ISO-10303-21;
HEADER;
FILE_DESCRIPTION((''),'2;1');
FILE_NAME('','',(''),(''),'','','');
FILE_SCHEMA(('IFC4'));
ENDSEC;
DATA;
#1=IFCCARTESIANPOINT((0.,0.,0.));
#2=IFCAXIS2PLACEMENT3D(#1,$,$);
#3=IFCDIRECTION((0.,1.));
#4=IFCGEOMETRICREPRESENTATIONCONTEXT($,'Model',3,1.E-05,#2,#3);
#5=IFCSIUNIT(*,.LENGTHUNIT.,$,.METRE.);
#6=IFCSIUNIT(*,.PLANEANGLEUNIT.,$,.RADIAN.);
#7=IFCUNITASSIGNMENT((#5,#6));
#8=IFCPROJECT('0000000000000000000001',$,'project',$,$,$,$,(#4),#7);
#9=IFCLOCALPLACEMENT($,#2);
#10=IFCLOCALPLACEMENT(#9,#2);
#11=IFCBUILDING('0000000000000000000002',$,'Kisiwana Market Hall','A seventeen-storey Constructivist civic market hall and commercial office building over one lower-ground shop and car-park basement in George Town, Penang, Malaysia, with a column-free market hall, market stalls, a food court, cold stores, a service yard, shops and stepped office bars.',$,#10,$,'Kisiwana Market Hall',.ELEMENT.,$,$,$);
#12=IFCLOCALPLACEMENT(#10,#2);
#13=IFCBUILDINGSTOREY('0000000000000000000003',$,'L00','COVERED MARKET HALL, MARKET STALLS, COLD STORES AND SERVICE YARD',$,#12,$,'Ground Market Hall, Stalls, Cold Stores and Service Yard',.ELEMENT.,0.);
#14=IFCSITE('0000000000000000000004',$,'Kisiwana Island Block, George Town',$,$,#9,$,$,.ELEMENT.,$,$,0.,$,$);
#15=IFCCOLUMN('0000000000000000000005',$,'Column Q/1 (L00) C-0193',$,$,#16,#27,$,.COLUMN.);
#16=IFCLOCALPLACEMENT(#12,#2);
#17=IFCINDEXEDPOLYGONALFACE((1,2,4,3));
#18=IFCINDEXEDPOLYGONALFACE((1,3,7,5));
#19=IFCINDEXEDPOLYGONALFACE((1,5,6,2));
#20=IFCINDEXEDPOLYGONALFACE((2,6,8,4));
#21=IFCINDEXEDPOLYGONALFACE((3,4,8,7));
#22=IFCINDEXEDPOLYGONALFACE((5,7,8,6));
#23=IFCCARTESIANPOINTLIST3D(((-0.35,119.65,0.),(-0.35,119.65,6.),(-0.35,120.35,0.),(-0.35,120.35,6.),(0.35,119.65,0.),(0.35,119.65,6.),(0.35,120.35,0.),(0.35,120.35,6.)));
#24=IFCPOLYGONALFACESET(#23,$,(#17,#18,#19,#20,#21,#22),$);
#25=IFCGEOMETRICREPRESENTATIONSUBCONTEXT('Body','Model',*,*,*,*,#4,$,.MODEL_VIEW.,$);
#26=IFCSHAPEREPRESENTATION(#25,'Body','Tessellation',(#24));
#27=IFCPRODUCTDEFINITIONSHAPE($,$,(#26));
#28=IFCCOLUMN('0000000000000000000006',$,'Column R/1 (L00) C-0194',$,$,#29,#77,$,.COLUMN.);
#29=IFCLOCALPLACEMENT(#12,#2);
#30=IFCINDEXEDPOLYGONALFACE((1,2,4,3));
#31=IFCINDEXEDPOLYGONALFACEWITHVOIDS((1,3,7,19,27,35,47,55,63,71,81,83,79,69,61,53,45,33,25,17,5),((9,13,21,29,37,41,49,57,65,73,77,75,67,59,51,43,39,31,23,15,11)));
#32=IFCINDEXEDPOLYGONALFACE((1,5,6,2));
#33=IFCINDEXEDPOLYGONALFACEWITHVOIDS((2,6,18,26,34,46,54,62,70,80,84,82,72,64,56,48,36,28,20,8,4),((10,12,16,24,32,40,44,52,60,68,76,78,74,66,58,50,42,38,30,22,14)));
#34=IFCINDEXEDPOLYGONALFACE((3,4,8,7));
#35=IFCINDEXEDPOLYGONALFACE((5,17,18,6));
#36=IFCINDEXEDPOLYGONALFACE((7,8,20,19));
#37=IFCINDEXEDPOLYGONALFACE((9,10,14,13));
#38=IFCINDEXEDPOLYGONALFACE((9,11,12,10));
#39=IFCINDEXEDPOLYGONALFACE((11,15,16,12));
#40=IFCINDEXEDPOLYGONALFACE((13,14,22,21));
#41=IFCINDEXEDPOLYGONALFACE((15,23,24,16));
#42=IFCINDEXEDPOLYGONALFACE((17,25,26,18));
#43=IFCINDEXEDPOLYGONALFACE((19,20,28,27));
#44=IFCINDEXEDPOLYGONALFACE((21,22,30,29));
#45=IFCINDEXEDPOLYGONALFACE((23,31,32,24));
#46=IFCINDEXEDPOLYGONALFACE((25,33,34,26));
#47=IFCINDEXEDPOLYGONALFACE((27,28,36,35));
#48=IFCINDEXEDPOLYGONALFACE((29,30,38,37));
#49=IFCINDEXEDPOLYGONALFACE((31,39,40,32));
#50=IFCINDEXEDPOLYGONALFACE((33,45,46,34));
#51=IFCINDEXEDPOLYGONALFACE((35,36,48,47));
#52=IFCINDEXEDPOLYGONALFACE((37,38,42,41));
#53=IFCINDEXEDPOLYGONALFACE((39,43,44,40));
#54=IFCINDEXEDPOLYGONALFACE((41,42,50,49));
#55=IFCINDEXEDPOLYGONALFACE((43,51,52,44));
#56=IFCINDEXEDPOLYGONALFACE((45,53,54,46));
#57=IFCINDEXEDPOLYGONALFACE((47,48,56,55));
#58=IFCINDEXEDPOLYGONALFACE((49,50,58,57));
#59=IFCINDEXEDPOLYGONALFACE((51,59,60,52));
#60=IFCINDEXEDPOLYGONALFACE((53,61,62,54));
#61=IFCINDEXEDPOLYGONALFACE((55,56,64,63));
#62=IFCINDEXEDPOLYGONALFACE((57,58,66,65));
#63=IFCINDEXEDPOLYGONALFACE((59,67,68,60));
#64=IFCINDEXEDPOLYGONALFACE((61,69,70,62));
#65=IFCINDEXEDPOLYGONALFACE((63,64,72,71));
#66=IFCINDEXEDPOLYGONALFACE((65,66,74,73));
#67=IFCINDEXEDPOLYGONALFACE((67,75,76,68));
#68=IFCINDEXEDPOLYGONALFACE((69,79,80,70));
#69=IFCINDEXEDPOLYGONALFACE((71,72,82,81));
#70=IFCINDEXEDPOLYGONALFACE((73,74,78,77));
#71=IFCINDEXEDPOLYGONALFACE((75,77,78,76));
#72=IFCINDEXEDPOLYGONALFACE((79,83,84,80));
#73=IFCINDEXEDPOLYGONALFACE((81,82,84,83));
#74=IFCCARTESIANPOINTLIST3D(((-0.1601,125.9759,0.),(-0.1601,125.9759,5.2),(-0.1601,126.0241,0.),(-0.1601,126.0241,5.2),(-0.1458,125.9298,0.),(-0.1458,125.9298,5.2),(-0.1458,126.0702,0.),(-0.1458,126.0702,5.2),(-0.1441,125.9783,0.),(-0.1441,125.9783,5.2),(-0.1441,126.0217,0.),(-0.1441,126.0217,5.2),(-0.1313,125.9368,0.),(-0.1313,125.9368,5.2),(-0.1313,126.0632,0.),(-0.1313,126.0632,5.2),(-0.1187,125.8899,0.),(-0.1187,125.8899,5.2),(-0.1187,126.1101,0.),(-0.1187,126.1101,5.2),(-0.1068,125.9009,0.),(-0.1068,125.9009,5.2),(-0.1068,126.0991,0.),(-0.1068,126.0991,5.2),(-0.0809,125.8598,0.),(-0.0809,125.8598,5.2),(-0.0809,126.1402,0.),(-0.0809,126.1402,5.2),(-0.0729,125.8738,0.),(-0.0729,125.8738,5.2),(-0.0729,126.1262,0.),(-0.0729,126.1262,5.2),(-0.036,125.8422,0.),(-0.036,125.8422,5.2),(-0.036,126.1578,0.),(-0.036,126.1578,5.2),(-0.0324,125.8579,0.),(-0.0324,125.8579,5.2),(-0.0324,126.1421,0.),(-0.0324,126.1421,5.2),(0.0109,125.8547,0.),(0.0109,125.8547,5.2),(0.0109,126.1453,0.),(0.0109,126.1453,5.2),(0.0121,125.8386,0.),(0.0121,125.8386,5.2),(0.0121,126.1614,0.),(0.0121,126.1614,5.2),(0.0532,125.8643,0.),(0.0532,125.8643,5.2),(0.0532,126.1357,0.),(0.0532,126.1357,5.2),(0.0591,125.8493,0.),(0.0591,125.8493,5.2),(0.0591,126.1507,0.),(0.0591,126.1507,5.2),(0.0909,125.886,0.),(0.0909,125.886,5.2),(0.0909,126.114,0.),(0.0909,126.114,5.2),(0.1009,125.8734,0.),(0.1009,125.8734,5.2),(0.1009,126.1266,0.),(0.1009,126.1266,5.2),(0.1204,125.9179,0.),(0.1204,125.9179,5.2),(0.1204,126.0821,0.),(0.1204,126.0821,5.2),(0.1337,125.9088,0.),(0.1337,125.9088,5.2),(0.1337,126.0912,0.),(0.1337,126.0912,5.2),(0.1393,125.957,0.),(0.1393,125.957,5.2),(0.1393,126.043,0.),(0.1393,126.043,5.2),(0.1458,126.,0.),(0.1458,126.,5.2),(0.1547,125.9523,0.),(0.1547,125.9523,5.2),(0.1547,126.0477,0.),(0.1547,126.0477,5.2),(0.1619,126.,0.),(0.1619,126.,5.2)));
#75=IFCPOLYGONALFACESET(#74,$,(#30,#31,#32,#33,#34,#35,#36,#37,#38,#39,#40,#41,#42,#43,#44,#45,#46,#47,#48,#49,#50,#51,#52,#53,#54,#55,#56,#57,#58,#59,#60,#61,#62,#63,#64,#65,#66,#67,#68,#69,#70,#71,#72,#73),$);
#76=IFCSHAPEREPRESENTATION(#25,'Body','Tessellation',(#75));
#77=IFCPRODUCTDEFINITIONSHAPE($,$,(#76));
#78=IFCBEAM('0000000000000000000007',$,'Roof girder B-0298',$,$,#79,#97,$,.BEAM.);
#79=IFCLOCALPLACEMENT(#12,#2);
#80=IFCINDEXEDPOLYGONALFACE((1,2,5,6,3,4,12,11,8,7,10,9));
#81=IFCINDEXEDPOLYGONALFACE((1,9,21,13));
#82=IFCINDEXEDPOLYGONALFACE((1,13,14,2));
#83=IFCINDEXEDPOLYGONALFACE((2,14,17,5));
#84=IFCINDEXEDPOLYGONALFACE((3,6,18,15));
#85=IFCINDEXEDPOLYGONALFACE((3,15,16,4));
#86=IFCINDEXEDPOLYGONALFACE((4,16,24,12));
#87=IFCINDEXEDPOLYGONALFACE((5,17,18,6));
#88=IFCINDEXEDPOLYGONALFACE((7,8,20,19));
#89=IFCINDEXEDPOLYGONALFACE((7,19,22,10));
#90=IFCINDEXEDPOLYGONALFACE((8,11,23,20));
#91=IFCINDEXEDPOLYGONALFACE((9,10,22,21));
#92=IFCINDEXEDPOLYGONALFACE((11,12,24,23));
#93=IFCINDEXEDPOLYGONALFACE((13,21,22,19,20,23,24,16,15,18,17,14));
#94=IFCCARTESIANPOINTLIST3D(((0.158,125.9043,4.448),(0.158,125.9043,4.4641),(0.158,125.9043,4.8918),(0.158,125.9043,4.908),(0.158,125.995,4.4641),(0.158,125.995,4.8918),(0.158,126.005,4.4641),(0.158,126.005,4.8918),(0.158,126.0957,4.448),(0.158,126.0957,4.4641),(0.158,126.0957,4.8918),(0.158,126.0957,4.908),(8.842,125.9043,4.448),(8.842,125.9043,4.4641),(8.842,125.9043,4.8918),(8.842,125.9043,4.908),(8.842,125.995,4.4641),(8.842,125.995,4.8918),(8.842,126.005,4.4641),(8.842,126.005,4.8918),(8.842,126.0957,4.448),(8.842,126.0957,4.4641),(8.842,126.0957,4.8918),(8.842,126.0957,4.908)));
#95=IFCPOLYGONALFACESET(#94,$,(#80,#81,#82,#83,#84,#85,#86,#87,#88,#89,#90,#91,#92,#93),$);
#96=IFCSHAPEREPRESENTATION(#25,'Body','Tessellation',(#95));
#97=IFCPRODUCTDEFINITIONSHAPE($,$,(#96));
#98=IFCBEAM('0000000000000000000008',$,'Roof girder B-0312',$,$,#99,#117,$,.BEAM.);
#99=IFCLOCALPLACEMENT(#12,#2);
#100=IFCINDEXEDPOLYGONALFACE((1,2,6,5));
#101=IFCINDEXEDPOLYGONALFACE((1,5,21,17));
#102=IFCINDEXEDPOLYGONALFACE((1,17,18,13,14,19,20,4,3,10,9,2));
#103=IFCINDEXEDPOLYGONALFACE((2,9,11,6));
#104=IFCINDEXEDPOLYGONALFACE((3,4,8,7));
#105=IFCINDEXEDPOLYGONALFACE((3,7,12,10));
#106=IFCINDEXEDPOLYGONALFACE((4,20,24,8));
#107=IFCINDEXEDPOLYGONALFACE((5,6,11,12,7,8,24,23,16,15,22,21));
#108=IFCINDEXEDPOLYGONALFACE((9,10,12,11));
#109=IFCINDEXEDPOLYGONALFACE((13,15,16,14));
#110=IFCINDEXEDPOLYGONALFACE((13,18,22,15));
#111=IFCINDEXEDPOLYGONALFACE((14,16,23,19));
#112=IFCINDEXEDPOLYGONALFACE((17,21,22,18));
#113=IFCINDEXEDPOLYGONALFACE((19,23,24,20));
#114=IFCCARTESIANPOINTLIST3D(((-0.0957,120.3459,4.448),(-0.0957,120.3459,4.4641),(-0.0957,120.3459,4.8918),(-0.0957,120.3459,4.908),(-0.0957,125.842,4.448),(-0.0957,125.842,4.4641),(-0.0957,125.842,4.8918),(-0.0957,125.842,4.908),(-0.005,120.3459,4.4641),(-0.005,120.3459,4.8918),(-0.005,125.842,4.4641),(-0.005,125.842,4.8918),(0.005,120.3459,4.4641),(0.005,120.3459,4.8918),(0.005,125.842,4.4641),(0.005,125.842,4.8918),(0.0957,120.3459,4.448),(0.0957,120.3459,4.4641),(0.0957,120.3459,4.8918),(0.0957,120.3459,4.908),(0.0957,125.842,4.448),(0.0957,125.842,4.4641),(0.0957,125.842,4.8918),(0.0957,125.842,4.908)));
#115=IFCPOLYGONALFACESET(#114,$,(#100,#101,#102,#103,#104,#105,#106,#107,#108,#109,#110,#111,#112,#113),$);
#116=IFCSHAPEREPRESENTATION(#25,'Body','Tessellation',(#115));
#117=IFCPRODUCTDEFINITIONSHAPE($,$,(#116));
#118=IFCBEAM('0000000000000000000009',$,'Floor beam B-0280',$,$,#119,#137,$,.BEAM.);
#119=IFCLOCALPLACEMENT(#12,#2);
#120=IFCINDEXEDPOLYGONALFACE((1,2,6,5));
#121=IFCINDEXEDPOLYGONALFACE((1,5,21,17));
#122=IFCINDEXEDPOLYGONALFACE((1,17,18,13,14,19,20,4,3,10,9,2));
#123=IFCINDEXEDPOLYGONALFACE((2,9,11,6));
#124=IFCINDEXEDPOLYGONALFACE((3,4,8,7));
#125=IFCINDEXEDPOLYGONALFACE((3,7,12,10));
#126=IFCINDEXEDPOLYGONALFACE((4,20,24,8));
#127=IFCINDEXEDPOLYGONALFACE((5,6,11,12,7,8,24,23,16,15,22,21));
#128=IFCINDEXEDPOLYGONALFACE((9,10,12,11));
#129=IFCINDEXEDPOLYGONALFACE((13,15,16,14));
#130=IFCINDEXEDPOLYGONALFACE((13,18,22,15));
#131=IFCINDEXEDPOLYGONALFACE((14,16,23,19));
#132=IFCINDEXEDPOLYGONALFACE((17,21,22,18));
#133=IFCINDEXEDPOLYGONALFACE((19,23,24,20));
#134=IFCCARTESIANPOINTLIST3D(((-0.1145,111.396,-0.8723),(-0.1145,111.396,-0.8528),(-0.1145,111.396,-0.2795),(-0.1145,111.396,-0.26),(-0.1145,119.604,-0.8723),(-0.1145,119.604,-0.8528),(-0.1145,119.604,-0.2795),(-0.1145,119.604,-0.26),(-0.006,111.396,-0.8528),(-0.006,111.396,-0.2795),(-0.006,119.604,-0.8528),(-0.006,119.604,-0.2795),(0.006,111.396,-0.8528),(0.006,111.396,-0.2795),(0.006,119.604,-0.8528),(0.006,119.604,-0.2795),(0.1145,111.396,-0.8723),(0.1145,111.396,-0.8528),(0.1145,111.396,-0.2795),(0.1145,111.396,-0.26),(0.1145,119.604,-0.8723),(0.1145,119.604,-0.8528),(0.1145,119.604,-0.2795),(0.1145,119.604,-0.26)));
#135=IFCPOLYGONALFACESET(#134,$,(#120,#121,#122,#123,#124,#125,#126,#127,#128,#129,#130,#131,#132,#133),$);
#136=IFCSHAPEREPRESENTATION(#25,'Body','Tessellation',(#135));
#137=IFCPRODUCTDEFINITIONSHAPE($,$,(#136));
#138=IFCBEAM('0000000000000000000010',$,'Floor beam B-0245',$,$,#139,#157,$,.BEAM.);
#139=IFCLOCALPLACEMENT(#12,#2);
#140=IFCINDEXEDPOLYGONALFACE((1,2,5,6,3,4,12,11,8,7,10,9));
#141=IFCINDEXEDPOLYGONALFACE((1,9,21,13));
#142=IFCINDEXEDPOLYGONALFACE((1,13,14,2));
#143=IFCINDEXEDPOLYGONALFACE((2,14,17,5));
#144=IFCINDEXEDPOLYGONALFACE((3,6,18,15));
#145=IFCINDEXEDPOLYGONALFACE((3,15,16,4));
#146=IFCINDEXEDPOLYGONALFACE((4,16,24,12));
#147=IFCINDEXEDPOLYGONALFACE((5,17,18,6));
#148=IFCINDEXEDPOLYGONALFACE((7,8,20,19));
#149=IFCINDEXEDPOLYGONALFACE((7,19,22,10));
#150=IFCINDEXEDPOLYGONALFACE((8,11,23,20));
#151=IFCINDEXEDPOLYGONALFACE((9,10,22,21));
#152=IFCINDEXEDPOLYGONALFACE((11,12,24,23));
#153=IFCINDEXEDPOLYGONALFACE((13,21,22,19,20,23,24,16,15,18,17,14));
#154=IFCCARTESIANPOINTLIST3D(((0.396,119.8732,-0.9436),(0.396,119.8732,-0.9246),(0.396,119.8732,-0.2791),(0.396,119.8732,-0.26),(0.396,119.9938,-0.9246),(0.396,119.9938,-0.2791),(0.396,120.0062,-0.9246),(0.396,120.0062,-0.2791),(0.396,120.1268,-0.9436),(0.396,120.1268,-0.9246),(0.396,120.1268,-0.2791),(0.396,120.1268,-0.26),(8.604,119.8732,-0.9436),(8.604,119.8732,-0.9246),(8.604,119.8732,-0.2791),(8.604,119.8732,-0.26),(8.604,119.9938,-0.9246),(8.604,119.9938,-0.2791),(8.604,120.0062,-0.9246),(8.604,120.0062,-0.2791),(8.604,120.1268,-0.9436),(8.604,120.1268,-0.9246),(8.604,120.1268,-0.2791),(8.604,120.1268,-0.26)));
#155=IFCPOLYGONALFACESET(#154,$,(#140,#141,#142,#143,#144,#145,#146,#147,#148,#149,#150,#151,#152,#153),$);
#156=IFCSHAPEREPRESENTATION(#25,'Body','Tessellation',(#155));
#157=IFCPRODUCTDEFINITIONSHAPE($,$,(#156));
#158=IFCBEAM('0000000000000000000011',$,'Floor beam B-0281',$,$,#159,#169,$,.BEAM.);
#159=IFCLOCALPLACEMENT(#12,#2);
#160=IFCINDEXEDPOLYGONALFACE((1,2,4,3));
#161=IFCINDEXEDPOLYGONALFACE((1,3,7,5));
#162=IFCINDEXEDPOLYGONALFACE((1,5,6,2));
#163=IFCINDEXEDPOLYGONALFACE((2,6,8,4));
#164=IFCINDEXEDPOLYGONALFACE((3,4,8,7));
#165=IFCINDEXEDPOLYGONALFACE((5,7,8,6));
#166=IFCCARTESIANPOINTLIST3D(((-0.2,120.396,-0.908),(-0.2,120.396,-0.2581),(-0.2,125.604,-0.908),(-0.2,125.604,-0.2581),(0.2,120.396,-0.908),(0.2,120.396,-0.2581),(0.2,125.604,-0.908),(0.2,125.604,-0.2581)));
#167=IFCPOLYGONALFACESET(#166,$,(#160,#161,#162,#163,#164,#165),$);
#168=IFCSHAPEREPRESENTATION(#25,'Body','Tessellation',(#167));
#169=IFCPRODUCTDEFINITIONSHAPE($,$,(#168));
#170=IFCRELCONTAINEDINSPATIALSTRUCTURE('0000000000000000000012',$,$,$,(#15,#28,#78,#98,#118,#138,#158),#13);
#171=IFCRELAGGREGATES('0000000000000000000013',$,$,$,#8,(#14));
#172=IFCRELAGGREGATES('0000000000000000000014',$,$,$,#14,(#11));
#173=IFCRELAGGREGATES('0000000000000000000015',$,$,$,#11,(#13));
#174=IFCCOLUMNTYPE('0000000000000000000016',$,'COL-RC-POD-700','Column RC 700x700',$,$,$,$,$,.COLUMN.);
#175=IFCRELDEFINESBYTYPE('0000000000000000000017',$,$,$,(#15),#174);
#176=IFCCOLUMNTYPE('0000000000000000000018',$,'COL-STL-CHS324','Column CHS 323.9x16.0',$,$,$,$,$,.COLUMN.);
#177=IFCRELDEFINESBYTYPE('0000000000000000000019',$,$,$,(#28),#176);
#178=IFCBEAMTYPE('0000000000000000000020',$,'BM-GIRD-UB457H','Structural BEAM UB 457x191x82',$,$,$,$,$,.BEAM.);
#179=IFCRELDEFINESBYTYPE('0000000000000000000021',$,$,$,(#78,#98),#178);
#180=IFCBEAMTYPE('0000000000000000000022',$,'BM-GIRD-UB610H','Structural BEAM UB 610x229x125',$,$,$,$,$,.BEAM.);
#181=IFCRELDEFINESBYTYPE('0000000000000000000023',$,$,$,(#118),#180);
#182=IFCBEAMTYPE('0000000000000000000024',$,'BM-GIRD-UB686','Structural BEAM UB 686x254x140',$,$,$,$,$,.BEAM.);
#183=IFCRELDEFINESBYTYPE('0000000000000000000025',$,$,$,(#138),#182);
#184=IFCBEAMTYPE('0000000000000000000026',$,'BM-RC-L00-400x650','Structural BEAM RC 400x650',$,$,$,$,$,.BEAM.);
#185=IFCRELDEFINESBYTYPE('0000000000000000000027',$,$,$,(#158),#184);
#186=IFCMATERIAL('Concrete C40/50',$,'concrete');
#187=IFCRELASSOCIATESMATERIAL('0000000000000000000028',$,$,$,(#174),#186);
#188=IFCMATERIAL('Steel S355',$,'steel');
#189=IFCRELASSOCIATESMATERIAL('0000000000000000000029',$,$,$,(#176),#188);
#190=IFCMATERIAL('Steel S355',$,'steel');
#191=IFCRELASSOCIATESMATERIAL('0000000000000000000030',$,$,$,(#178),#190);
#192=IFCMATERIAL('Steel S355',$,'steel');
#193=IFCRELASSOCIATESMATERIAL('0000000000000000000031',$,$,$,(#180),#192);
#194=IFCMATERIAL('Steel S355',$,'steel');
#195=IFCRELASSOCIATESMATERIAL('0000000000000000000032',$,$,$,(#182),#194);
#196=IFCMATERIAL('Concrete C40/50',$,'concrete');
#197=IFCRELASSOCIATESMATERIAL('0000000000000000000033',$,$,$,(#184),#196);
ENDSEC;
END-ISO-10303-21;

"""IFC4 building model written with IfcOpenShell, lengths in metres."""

from ifc_helpers import new_model, si_unit, direction, frame, origin, origin_2d, place, context, subcontext, project, spatial, rectangle, hollow_circle, i_section, extrude, material, material_profile, profile_set, type_object, element, save


model = new_model("IFC4")

# Units and contexts
model_context = context("Model", 3, precision=1e-05, world=origin(), true_north=direction((0.0, 1.0)))
body_context = subcontext(model_context, "Body", "Model", "MODEL_VIEW")
ifc_project = project(units=[si_unit("LENGTHUNIT", "METRE"), si_unit("PLANEANGLEUNIT", "RADIAN")], contexts=[model_context])

# Site, building, storey
site_placement = place(None, origin())
site = spatial("IfcSite", under=ifc_project, at=site_placement, Name="Kisiwana Island Block, George Town", CompositionType="ELEMENT", RefElevation=0.0)
building_placement = place(site_placement, origin())
building = spatial("IfcBuilding", under=site, at=building_placement, Name="Kisiwana Market Hall", Description="A seventeen-storey Constructivist civic market hall and commercial office building over one lower-ground shop and car-park basement in George Town, Penang, Malaysia, with a column-free market hall, market stalls, a food court, cold stores, a service yard, shops and stepped office bars.", LongName="Kisiwana Market Hall", CompositionType="ELEMENT")
storey_placement = place(building_placement, origin())
storey = spatial("IfcBuildingStorey", under=building, at=storey_placement, Name="L00", Description="COVERED MARKET HALL, MARKET STALLS, COLD STORES AND SERVICE YARD", LongName="Ground Market Hall, Stalls, Cold Stores and Service Yard", CompositionType="ELEMENT", Elevation=0.0)

# Columns
ifc_material_1 = material(Name="Concrete C40/50", Category="concrete")
ifc_material_profile_1 = material_profile(ifc_material_1, rectangle(XDim=0.7, YDim=0.7, at=origin_2d()), Name="RC 700x700")
ifc_profile_set_1 = profile_set([ifc_material_profile_1], Name="Concrete C40/50")
column_type_1 = type_object("IfcColumnType", Name="COL-RC-POD-700", Description="Column RC 700x700", PredefinedType="COLUMN", material=ifc_profile_set_1)
column_1_placement = place(storey_placement, frame((0.0, 120.0, 0.0), z_axis=(0.0, 0.0, 1.0), x_axis=(1.0, 0.0, 0.0)))
element("IfcColumn", 1, at=column_1_placement, inside=storey, type_object=column_type_1, Name="Column Q/1 (L00) C-0193", PredefinedType="COLUMN", context=body_context, shape_type="SweptSolid", body=[
    extrude(rectangle(XDim=0.7, YDim=0.7, at=origin_2d()), origin(), (0.0, 0.0, 1.0), 6.0),
])
ifc_material_2 = material(Name="Steel S355", Category="steel")
ifc_material_profile_2 = material_profile(ifc_material_2, hollow_circle(Radius=0.1619, WallThickness=0.0161, at=origin_2d()), Name="CHS 323.9x16.0")
ifc_profile_set_2 = profile_set([ifc_material_profile_2], Name="Steel S355")
column_type_2 = type_object("IfcColumnType", Name="COL-STL-CHS324", Description="Column CHS 323.9x16.0", PredefinedType="COLUMN", material=ifc_profile_set_2)
column_2_placement = place(storey_placement, frame((0.0, 126.0, 0.0), z_axis=(0.0, 0.0, 1.0), x_axis=(1.0, 0.0, 0.0)))
element("IfcColumn", 2, at=column_2_placement, inside=storey, type_object=column_type_2, Name="Column R/1 (L00) C-0194", PredefinedType="COLUMN", context=body_context, shape_type="SweptSolid", body=[
    extrude(hollow_circle(Radius=0.1619, WallThickness=0.0161, at=origin_2d()), origin(), (0.0, 0.0, 1.0), 5.2),
])

# Beams
ifc_material_3 = material(Name="Steel S355", Category="steel")
ifc_material_profile_3 = material_profile(ifc_material_3, i_section(OverallWidth=0.1914, OverallDepth=0.46, WebThickness=0.01, FlangeThickness=0.0161, at=origin_2d()), Name="UB 457x191x82")
ifc_profile_set_3 = profile_set([ifc_material_profile_3], Name="Steel S355")
beam_type_1 = type_object("IfcBeamType", Name="BM-GIRD-UB457H", Description="Structural BEAM UB 457x191x82", PredefinedType="BEAM", material=ifc_profile_set_3)
beam_1_placement = place(storey_placement, frame((0.158, 126.0, 4.678), z_axis=(1.0, 0.0, 0.0), x_axis=(0.0, 1.0, 0.0)))
element("IfcBeam", 3, at=beam_1_placement, inside=storey, type_object=beam_type_1, Name="Roof girder B-0298", PredefinedType="BEAM", context=body_context, shape_type="SweptSolid", body=[
    extrude(i_section(OverallWidth=0.1914, OverallDepth=0.46, WebThickness=0.01, FlangeThickness=0.0161, at=origin_2d()), origin(), (0.0, 0.0, 1.0), 8.6841),
])
beam_2_placement = place(storey_placement, frame((0.0, 120.3459, 4.678), z_axis=(0.0, 1.0, 0.0), x_axis=(-1.0, 0.0, 0.0)))
element("IfcBeam", 4, at=beam_2_placement, inside=storey, type_object=beam_type_1, Name="Roof girder B-0312", PredefinedType="BEAM", context=body_context, shape_type="SweptSolid", body=[
    extrude(i_section(OverallWidth=0.1914, OverallDepth=0.46, WebThickness=0.01, FlangeThickness=0.0161, at=origin_2d()), origin(), (0.0, 0.0, 1.0), 5.4961),
])
ifc_material_4 = material(Name="Steel S355", Category="steel")
ifc_material_profile_4 = material_profile(ifc_material_4, i_section(OverallWidth=0.229, OverallDepth=0.6123, WebThickness=0.012, FlangeThickness=0.0195, at=origin_2d()), Name="UB 610x229x125")
ifc_profile_set_4 = profile_set([ifc_material_profile_4], Name="Steel S355")
beam_type_2 = type_object("IfcBeamType", Name="BM-GIRD-UB610H", Description="Structural BEAM UB 610x229x125", PredefinedType="BEAM", material=ifc_profile_set_4)
beam_3_placement = place(storey_placement, frame((0.0, 111.396, -0.5662), z_axis=(0.0, 1.0, 0.0), x_axis=(-1.0, 0.0, 0.0)))
element("IfcBeam", 5, at=beam_3_placement, inside=storey, type_object=beam_type_2, Name="Floor beam B-0280", PredefinedType="BEAM", context=body_context, shape_type="SweptSolid", body=[
    extrude(i_section(OverallWidth=0.229, OverallDepth=0.6123, WebThickness=0.012, FlangeThickness=0.0195, at=origin_2d()), origin(), (0.0, 0.0, 1.0), 8.208),
])
ifc_material_5 = material(Name="Steel S355", Category="steel")
ifc_material_profile_5 = material_profile(ifc_material_5, i_section(OverallWidth=0.2537, OverallDepth=0.6836, WebThickness=0.0125, FlangeThickness=0.019, at=origin_2d()), Name="UB 686x254x140")
ifc_profile_set_5 = profile_set([ifc_material_profile_5], Name="Steel S355")
beam_type_3 = type_object("IfcBeamType", Name="BM-GIRD-UB686", Description="Structural BEAM UB 686x254x140", PredefinedType="BEAM", material=ifc_profile_set_5)
beam_4_placement = place(storey_placement, frame((0.396, 120.0, -0.6018), z_axis=(1.0, 0.0, 0.0), x_axis=(0.0, 1.0, 0.0)))
element("IfcBeam", 6, at=beam_4_placement, inside=storey, type_object=beam_type_3, Name="Floor beam B-0245", PredefinedType="BEAM", context=body_context, shape_type="SweptSolid", body=[
    extrude(i_section(OverallWidth=0.2537, OverallDepth=0.6836, WebThickness=0.0125, FlangeThickness=0.019, at=origin_2d()), origin(), (0.0, 0.0, 1.0), 8.208),
])
ifc_material_6 = material(Name="Concrete C40/50", Category="concrete")
ifc_material_profile_6 = material_profile(ifc_material_6, rectangle(XDim=0.3999, YDim=0.6499, at=origin_2d()), Name="RC 400x650")
ifc_profile_set_6 = profile_set([ifc_material_profile_6], Name="Concrete C40/50")
beam_type_4 = type_object("IfcBeamType", Name="BM-RC-L00-400x650", Description="Structural BEAM RC 400x650", PredefinedType="BEAM", material=ifc_profile_set_6)
beam_5_placement = place(storey_placement, frame((0.0, 120.396, -0.583), z_axis=(0.0, 1.0, 0.0), x_axis=(-1.0, 0.0, 0.0)))
element("IfcBeam", 7, at=beam_5_placement, inside=storey, type_object=beam_type_4, Name="Floor beam B-0281", PredefinedType="BEAM", context=body_context, shape_type="SweptSolid", body=[
    extrude(rectangle(XDim=0.3999, YDim=0.6499, at=origin_2d()), origin(), (0.0, 0.0, 1.0), 5.208),
])

save(model, "model.ifc")
